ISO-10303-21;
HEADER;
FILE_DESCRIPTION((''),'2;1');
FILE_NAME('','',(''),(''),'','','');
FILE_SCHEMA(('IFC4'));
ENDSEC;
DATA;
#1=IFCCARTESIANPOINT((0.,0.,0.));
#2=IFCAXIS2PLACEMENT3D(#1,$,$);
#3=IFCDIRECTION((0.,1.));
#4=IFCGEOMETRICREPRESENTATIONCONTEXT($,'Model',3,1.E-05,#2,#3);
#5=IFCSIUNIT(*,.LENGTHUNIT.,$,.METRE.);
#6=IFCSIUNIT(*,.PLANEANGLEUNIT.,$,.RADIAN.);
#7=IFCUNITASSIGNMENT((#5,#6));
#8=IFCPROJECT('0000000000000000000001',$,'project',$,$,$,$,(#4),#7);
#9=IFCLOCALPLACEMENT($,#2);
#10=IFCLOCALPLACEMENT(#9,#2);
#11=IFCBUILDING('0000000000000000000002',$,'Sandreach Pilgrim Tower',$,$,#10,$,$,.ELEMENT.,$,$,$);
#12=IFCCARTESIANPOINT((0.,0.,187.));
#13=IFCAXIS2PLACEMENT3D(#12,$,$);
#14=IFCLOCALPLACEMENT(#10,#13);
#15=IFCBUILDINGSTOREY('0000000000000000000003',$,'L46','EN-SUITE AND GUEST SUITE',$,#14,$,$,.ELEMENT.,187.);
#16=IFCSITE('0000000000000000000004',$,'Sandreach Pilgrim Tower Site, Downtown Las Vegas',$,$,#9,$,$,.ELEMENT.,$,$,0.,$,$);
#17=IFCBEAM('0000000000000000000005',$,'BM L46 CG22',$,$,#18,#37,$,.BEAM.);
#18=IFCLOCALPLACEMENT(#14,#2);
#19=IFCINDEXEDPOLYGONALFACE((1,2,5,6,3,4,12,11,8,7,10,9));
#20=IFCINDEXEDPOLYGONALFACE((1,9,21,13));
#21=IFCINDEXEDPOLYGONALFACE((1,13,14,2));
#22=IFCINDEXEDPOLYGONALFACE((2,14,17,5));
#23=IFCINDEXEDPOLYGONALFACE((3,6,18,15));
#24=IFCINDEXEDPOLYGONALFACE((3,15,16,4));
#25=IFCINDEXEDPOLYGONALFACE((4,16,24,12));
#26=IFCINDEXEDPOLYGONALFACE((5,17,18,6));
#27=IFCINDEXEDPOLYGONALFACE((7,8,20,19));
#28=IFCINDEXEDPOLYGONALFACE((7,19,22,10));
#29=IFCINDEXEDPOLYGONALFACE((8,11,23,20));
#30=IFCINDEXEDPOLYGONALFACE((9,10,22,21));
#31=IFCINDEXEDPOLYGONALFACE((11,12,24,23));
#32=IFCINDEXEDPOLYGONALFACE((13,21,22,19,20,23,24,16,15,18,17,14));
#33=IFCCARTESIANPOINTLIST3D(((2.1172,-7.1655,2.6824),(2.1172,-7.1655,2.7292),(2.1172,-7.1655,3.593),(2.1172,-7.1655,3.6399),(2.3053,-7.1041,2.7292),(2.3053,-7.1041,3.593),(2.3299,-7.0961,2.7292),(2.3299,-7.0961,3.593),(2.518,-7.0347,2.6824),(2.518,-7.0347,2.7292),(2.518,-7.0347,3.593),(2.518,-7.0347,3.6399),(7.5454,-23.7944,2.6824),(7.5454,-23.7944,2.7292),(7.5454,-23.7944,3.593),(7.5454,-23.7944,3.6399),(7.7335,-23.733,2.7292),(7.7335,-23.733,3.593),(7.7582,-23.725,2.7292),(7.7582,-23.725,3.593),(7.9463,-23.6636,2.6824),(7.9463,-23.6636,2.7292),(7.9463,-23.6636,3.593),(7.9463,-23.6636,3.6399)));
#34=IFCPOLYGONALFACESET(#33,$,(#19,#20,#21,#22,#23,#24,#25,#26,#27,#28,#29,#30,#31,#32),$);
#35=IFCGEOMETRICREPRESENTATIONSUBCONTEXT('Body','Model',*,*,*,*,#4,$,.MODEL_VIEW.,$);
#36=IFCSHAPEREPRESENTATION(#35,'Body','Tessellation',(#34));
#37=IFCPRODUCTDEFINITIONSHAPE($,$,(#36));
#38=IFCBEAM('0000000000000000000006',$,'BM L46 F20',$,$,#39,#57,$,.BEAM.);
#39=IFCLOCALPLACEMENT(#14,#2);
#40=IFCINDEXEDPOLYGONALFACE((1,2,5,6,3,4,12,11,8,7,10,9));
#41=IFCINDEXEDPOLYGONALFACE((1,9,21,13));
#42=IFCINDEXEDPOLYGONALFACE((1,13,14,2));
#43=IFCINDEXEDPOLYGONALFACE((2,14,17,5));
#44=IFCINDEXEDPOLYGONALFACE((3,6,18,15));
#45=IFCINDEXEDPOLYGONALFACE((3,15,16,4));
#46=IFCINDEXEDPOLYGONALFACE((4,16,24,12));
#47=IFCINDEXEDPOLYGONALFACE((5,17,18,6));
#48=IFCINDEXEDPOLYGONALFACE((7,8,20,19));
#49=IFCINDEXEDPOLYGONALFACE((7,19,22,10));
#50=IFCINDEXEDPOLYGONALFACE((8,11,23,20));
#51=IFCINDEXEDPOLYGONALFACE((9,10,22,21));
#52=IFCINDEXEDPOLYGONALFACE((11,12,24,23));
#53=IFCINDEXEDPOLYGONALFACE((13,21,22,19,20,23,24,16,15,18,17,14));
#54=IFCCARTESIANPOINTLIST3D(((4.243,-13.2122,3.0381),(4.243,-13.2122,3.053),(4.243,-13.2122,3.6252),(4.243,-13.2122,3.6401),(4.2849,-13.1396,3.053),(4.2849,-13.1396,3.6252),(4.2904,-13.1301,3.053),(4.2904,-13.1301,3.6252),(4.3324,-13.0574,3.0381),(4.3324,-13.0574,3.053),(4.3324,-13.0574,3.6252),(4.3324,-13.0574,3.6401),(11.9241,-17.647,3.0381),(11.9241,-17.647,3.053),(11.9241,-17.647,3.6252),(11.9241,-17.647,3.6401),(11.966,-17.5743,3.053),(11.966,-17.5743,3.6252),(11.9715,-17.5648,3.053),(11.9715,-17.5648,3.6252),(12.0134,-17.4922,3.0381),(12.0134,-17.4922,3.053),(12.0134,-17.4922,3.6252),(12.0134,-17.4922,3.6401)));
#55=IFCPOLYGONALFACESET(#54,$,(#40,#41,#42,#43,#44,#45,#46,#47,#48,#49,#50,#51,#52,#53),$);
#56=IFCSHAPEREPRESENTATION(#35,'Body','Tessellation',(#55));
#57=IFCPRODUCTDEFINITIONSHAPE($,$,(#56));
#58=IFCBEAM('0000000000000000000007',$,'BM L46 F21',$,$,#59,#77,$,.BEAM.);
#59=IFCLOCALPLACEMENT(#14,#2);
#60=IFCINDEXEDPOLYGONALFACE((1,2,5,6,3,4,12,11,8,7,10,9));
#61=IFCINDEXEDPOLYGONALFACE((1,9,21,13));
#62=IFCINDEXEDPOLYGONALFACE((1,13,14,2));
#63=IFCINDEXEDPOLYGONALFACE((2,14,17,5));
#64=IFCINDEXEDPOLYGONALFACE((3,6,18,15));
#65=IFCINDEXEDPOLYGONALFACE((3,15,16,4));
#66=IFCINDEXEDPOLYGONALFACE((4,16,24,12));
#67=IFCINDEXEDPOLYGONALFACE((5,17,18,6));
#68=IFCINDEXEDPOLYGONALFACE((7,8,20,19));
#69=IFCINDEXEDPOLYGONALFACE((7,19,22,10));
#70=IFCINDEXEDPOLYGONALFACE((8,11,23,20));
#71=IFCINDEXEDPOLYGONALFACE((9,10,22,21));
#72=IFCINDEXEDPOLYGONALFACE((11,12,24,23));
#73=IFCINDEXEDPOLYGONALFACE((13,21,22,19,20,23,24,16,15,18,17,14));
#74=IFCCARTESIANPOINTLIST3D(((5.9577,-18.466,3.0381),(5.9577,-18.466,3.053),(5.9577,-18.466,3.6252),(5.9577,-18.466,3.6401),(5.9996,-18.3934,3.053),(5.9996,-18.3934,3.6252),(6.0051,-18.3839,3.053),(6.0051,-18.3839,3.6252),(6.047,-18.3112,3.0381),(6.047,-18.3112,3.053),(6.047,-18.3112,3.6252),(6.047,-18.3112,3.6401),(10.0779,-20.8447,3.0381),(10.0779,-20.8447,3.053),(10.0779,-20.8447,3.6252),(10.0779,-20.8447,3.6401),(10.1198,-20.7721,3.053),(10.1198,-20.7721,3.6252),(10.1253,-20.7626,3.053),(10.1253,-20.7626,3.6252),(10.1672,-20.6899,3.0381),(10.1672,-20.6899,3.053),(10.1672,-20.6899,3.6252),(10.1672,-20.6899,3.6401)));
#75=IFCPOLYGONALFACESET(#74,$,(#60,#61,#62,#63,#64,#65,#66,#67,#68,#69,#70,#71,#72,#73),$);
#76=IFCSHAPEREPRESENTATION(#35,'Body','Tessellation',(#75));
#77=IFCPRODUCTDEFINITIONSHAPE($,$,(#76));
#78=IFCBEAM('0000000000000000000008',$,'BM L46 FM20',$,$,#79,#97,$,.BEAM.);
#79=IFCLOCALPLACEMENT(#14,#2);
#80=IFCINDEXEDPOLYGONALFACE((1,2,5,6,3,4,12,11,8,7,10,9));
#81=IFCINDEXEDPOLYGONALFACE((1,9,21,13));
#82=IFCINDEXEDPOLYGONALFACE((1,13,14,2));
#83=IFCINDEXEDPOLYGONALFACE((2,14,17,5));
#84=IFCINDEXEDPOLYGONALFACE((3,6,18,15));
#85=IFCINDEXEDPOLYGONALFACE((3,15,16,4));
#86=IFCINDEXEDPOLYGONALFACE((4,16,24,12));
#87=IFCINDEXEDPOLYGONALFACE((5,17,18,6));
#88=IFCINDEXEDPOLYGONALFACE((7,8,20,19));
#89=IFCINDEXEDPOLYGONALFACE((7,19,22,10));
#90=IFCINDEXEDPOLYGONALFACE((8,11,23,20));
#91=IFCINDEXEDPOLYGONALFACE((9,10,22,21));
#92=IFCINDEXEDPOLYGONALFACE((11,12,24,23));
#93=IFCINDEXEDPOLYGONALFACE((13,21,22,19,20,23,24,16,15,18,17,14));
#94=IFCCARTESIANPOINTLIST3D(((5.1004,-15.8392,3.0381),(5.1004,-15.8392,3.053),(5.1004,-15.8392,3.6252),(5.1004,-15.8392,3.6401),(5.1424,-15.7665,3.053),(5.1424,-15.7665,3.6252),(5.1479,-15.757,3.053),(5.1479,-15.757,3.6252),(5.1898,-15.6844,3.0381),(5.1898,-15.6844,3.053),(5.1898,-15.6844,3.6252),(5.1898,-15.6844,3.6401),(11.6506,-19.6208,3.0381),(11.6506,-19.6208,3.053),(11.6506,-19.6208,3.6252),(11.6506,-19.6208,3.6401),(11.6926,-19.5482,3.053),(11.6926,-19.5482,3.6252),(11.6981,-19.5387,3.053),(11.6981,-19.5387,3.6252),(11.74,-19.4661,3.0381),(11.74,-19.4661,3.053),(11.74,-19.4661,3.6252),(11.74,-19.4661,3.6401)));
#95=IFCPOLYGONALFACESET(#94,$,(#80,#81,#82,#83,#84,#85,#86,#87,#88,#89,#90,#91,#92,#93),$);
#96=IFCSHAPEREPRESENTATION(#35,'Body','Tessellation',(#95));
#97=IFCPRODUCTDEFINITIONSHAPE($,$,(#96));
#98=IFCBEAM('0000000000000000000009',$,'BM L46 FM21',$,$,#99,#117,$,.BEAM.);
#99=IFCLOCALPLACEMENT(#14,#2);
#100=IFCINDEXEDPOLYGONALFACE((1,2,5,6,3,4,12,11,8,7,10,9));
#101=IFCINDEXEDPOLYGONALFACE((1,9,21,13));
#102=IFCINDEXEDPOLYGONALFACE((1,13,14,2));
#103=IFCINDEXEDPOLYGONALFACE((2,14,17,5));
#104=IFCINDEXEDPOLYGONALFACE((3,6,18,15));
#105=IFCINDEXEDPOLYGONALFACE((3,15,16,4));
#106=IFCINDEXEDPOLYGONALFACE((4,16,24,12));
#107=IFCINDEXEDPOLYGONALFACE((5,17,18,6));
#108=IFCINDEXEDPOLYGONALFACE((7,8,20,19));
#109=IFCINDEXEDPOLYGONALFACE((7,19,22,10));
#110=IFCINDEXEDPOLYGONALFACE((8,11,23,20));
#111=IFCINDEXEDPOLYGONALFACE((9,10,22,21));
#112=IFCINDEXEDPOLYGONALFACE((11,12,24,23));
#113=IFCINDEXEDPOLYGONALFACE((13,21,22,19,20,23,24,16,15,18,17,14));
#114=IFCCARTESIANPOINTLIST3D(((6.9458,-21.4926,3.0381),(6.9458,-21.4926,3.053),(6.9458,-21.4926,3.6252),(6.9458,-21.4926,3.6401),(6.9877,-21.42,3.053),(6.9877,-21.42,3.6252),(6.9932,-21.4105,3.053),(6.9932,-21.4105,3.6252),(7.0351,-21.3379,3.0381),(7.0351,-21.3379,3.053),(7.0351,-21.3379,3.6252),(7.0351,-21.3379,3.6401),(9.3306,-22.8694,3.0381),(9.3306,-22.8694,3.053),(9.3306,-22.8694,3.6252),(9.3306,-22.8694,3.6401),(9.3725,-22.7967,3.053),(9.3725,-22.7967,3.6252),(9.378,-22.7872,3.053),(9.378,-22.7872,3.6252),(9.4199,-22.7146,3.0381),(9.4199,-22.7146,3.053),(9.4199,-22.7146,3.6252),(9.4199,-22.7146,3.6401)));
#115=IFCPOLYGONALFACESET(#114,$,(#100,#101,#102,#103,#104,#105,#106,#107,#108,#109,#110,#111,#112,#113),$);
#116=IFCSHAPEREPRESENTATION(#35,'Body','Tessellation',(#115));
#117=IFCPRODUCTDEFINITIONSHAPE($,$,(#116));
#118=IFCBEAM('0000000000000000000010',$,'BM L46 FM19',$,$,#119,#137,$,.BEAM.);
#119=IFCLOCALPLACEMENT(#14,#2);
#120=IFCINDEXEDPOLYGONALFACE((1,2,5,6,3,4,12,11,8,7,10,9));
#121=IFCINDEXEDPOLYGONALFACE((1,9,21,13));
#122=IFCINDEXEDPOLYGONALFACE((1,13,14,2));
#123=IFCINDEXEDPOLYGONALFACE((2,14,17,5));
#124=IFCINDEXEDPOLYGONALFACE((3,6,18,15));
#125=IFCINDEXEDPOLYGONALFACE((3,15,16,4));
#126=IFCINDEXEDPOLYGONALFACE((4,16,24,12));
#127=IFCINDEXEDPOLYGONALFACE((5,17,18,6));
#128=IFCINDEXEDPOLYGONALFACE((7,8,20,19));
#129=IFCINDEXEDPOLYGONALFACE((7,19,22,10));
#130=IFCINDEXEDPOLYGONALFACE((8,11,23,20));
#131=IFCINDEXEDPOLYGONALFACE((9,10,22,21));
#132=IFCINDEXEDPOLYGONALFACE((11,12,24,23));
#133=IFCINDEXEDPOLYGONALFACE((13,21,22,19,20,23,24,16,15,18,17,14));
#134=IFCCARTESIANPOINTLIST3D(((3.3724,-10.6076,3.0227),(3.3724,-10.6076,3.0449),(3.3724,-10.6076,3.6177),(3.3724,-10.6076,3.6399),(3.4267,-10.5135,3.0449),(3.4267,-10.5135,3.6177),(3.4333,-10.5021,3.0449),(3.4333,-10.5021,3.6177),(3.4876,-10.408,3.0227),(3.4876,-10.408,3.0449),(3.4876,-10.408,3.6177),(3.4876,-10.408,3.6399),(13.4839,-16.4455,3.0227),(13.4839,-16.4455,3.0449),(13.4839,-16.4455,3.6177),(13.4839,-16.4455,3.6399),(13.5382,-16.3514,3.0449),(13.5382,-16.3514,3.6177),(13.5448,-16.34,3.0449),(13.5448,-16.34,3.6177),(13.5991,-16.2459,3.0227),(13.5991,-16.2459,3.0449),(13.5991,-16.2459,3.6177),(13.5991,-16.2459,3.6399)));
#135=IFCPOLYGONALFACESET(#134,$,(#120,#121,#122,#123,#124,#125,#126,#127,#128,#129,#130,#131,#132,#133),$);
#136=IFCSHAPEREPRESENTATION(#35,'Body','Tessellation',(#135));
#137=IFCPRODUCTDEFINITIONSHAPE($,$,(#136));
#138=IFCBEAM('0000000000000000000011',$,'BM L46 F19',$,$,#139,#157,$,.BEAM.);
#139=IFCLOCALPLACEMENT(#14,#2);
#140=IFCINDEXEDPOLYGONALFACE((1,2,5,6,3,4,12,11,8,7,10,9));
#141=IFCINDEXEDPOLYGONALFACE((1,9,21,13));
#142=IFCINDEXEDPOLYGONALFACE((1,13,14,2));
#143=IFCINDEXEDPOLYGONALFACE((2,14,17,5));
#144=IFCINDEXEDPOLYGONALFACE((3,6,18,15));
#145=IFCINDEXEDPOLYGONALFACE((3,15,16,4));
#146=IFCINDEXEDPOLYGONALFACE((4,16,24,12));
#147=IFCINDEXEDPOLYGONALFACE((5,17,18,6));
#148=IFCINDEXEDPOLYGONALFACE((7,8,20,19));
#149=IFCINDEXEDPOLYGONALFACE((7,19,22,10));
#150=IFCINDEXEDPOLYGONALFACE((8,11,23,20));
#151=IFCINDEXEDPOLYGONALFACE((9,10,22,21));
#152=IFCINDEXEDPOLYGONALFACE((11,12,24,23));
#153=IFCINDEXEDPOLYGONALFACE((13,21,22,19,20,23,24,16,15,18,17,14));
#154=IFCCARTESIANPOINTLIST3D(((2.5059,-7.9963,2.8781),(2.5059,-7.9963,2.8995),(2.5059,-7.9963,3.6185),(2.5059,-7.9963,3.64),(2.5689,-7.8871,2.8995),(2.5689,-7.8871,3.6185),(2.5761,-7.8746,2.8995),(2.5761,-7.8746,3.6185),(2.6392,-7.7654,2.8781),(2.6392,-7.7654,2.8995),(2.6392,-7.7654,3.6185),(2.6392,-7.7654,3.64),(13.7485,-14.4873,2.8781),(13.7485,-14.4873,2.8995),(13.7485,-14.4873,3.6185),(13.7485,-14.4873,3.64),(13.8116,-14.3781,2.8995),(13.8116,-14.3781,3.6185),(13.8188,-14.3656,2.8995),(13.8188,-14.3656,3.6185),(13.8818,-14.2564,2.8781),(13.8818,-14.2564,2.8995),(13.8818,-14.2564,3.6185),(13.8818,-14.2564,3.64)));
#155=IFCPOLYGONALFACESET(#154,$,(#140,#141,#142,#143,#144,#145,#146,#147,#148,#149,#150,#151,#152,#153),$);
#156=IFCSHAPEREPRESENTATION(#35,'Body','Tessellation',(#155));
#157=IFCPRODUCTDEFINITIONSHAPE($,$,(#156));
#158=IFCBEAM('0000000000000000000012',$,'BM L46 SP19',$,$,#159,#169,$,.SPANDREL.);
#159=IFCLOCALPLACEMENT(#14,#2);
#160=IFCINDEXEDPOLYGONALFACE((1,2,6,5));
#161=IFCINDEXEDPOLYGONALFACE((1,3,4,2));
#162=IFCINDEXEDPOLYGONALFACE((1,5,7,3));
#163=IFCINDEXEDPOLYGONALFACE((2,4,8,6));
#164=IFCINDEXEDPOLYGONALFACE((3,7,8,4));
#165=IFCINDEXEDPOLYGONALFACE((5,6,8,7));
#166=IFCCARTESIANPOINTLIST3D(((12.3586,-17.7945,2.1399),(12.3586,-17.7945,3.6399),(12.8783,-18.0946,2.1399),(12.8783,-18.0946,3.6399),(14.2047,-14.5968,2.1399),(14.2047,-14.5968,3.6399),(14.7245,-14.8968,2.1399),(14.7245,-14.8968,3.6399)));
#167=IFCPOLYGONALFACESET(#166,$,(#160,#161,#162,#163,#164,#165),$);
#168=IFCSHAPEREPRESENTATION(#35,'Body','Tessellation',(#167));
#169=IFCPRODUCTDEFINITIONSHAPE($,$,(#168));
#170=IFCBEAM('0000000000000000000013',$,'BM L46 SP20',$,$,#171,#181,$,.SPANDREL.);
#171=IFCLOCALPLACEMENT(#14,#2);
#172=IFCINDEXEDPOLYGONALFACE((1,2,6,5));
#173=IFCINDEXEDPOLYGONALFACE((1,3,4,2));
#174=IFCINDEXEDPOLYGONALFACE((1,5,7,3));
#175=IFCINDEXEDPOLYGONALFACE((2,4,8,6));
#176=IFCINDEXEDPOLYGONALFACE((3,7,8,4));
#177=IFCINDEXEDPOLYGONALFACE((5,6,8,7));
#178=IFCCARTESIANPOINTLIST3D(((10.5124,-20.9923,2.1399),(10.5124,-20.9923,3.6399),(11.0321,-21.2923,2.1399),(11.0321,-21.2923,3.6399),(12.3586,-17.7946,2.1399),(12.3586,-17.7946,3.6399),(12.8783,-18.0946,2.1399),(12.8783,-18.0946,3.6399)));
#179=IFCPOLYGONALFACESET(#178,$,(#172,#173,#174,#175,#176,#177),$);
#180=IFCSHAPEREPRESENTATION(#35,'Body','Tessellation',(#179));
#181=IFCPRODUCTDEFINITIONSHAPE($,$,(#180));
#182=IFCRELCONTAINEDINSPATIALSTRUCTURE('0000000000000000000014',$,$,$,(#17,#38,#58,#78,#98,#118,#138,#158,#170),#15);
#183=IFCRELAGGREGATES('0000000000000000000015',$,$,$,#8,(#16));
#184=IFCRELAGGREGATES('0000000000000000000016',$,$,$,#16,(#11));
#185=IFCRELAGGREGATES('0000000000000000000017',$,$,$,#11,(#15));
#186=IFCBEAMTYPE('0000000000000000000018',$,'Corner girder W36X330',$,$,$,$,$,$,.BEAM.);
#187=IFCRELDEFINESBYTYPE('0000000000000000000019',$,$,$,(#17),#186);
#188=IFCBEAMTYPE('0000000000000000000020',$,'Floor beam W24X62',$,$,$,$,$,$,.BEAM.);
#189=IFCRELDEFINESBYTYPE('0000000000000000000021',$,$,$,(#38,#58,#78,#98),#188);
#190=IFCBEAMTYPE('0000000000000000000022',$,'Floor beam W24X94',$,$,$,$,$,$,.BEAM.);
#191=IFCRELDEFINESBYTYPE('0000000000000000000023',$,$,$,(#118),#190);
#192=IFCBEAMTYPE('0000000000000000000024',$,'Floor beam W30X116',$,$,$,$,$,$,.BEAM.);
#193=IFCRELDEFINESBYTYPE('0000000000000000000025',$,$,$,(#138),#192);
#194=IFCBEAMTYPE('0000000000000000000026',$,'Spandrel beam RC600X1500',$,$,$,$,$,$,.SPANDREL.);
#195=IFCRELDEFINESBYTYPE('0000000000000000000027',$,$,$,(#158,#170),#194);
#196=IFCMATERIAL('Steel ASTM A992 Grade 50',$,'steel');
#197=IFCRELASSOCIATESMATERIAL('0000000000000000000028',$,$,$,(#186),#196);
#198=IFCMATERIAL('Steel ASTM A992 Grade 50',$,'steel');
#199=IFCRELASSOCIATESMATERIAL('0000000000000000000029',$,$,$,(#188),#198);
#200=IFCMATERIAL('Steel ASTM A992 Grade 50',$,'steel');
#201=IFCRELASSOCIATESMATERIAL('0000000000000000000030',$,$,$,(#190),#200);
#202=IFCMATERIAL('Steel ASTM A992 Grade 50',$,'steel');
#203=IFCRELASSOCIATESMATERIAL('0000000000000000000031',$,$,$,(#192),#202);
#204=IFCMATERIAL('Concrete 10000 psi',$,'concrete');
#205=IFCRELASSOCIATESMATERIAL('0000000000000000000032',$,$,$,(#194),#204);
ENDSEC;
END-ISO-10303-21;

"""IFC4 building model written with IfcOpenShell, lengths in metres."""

from ifc_helpers import new_model, si_unit, direction, frame, origin, origin_2d, place, context, subcontext, project, spatial, rectangle, i_section, extrude, material, material_profile, profile_set, type_object, element, save


model = new_model("IFC4")

# Units and contexts
model_context = context("Model", 3, precision=1e-05, world=origin(), true_north=direction((0.0, 1.0)))
body_context = subcontext(model_context, "Body", "Model", "MODEL_VIEW")
ifc_project = project(units=[si_unit("LENGTHUNIT", "METRE"), si_unit("PLANEANGLEUNIT", "RADIAN")], contexts=[model_context])

# Site, building, storey
site_placement = place(None, origin())
site = spatial("IfcSite", under=ifc_project, at=site_placement, Name="Sandreach Pilgrim Tower Site, Downtown Las Vegas", CompositionType="ELEMENT", RefElevation=0.0)
building_placement = place(site_placement, origin())
building = spatial("IfcBuilding", under=site, at=building_placement, Name="Sandreach Pilgrim Tower", CompositionType="ELEMENT")
storey_placement = place(building_placement, frame((0.0, 0.0, 187.0)))
storey = spatial("IfcBuildingStorey", under=building, at=storey_placement, Name="L46", Description="EN-SUITE AND GUEST SUITE", CompositionType="ELEMENT", Elevation=187.0)

# Beams
ifc_material_1 = material(Name="Steel ASTM A992 Grade 50", Category="steel")
ifc_material_profile_1 = material_profile(ifc_material_1, i_section(OverallWidth=0.4216, OverallDepth=0.9575, WebThickness=0.0259, FlangeThickness=0.0469, at=origin_2d()), Name="W36X330")
ifc_profile_set_1 = profile_set([ifc_material_profile_1], Name="Steel ASTM A992 Grade 50")
beam_type_1 = type_object("IfcBeamType", Name="Corner girder W36X330", PredefinedType="BEAM", material=ifc_profile_set_1)
beam_1_placement = place(storey_placement, frame((7.7458, -23.729, 3.1611), z_axis=(-0.310318, 0.950633, 0.0), x_axis=(-0.950633, -0.310318, 0.0)))
element("IfcBeam", 1, at=beam_1_placement, inside=storey, type_object=beam_type_1, Name="BM L46 CG22", PredefinedType="BEAM", context=body_context, shape_type="SweptSolid", body=[
    extrude(i_section(OverallWidth=0.4216, OverallDepth=0.9575, WebThickness=0.0259, FlangeThickness=0.0469, at=origin_2d()), origin(), (0.0, 0.0, 1.0), 17.4924),
])
ifc_material_2 = material(Name="Steel ASTM A992 Grade 50", Category="steel")
ifc_material_profile_2 = material_profile(ifc_material_2, i_section(OverallWidth=0.1787, OverallDepth=0.6021, WebThickness=0.011, FlangeThickness=0.0149, at=origin_2d()), Name="W24X62")
ifc_profile_set_2 = profile_set([ifc_material_profile_2], Name="Steel ASTM A992 Grade 50")
beam_type_2 = type_object("IfcBeamType", Name="Floor beam W24X62", PredefinedType="BEAM", material=ifc_profile_set_2)
beam_2_placement = place(storey_placement, frame((11.9688, -17.5696, 3.3391), z_axis=(-0.866021, 0.500008, 0.0), x_axis=(-0.500008, -0.866021, 0.0)))
element("IfcBeam", 2, at=beam_2_placement, inside=storey, type_object=beam_type_2, Name="BM L46 F20", PredefinedType="BEAM", context=body_context, shape_type="SweptSolid", body=[
    extrude(i_section(OverallWidth=0.1787, OverallDepth=0.6021, WebThickness=0.011, FlangeThickness=0.0149, at=origin_2d()), origin(), (0.0, 0.0, 1.0), 8.8694),
])
beam_3_placement = place(storey_placement, frame((10.1226, -20.7673, 3.3391), z_axis=(-0.866033, 0.499986, 0.0), x_axis=(-0.499986, -0.866033, 0.0)))
element("IfcBeam", 3, at=beam_3_placement, inside=storey, type_object=beam_type_2, Name="BM L46 F21", PredefinedType="BEAM", context=body_context, shape_type="SweptSolid", body=[
    extrude(i_section(OverallWidth=0.1787, OverallDepth=0.6021, WebThickness=0.011, FlangeThickness=0.0149, at=origin_2d()), origin(), (0.0, 0.0, 1.0), 4.7576),
])
beam_4_placement = place(storey_placement, frame((11.6953, -19.5435, 3.3391), z_axis=(-0.86603, 0.499993, 0.0), x_axis=(-0.499993, -0.86603, 0.0)))
element("IfcBeam", 4, at=beam_4_placement, inside=storey, type_object=beam_type_2, Name="BM L46 FM20", PredefinedType="BEAM", context=body_context, shape_type="SweptSolid", body=[
    extrude(i_section(OverallWidth=0.1787, OverallDepth=0.6021, WebThickness=0.011, FlangeThickness=0.0149, at=origin_2d()), origin(), (0.0, 0.0, 1.0), 7.5635),
])
beam_5_placement = place(storey_placement, frame((9.3752, -22.792, 3.3391), z_axis=(-0.866047, 0.499963, 0.0), x_axis=(-0.499963, -0.866047, 0.0)))
element("IfcBeam", 5, at=beam_5_placement, inside=storey, type_object=beam_type_2, Name="BM L46 FM21", PredefinedType="BEAM", context=body_context, shape_type="SweptSolid", body=[
    extrude(i_section(OverallWidth=0.1787, OverallDepth=0.6021, WebThickness=0.011, FlangeThickness=0.0149, at=origin_2d()), origin(), (0.0, 0.0, 1.0), 2.7537),
])
ifc_material_3 = material(Name="Steel ASTM A992 Grade 50", Category="steel")
ifc_material_profile_3 = material_profile(ifc_material_3, i_section(OverallWidth=0.2305, OverallDepth=0.6172, WebThickness=0.0132, FlangeThickness=0.0222, at=origin_2d()), Name="W24X94")
ifc_profile_set_3 = profile_set([ifc_material_profile_3], Name="Steel ASTM A992 Grade 50")
beam_type_3 = type_object("IfcBeamType", Name="Floor beam W24X94", PredefinedType="BEAM", material=ifc_profile_set_3)
beam_6_placement = place(storey_placement, frame((13.5415, -16.3457, 3.3313), z_axis=(-0.866026, 0.499998, 0.0), x_axis=(-0.499998, -0.866026, 0.0)))
element("IfcBeam", 6, at=beam_6_placement, inside=storey, type_object=beam_type_3, Name="BM L46 FM19", PredefinedType="BEAM", context=body_context, shape_type="SweptSolid", body=[
    extrude(i_section(OverallWidth=0.2305, OverallDepth=0.6172, WebThickness=0.0132, FlangeThickness=0.0222, at=origin_2d()), origin(), (0.0, 0.0, 1.0), 11.6758),
])
ifc_material_4 = material(Name="Steel ASTM A992 Grade 50", Category="steel")
ifc_material_profile_4 = material_profile(ifc_material_4, i_section(OverallWidth=0.2666, OverallDepth=0.762, WebThickness=0.0144, FlangeThickness=0.0215, at=origin_2d()), Name="W30X116")
ifc_profile_set_4 = profile_set([ifc_material_profile_4], Name="Steel ASTM A992 Grade 50")
beam_type_4 = type_object("IfcBeamType", Name="Floor beam W30X116", PredefinedType="BEAM", material=ifc_profile_set_4)
beam_7_placement = place(storey_placement, frame((13.8152, -14.3718, 3.259), z_axis=(-0.866025, 0.5, 0.0), x_axis=(-0.5, -0.866025, 0.0)))
element("IfcBeam", 7, at=beam_7_placement, inside=storey, type_object=beam_type_4, Name="BM L46 F19", PredefinedType="BEAM", context=body_context, shape_type="SweptSolid", body=[
    extrude(i_section(OverallWidth=0.2666, OverallDepth=0.762, WebThickness=0.0144, FlangeThickness=0.0215, at=origin_2d()), origin(), (0.0, 0.0, 1.0), 12.9819),
])
ifc_material_5 = material(Name="Concrete 10000 psi", Category="concrete")
ifc_material_profile_5 = material_profile(ifc_material_5, rectangle(XDim=0.6001, YDim=1.5, at=origin_2d()), Name="RC600X1500")
ifc_profile_set_5 = profile_set([ifc_material_profile_5], Name="Concrete 10000 psi")
beam_type_5 = type_object("IfcBeamType", Name="Spandrel beam RC600X1500", PredefinedType="SPANDREL", material=ifc_profile_set_5)
for number, where, z_axis, x_axis, name in (
    (8, (14.4646, -14.7468, 2.8899), (-0.499993, -0.866029, 0.0), (0.866029, -0.499993, 0.0), "BM L46 SP19"),
    (9, (12.6184, -17.9446, 2.8899), (-0.499993, -0.866029, 0.0), (0.866029, -0.499993, 0.0), "BM L46 SP20"),
):
    element("IfcBeam", number, at=place(storey_placement, frame(where, z_axis=z_axis, x_axis=x_axis)), inside=storey, type_object=beam_type_5, Name=name, PredefinedType="SPANDREL", context=body_context, shape_type="SweptSolid", body=[
        extrude(rectangle(XDim=0.6001, YDim=1.5, at=origin_2d()), origin(), (0.0, 0.0, 1.0), 3.6924),
    ])

save(model, "model.ifc")
